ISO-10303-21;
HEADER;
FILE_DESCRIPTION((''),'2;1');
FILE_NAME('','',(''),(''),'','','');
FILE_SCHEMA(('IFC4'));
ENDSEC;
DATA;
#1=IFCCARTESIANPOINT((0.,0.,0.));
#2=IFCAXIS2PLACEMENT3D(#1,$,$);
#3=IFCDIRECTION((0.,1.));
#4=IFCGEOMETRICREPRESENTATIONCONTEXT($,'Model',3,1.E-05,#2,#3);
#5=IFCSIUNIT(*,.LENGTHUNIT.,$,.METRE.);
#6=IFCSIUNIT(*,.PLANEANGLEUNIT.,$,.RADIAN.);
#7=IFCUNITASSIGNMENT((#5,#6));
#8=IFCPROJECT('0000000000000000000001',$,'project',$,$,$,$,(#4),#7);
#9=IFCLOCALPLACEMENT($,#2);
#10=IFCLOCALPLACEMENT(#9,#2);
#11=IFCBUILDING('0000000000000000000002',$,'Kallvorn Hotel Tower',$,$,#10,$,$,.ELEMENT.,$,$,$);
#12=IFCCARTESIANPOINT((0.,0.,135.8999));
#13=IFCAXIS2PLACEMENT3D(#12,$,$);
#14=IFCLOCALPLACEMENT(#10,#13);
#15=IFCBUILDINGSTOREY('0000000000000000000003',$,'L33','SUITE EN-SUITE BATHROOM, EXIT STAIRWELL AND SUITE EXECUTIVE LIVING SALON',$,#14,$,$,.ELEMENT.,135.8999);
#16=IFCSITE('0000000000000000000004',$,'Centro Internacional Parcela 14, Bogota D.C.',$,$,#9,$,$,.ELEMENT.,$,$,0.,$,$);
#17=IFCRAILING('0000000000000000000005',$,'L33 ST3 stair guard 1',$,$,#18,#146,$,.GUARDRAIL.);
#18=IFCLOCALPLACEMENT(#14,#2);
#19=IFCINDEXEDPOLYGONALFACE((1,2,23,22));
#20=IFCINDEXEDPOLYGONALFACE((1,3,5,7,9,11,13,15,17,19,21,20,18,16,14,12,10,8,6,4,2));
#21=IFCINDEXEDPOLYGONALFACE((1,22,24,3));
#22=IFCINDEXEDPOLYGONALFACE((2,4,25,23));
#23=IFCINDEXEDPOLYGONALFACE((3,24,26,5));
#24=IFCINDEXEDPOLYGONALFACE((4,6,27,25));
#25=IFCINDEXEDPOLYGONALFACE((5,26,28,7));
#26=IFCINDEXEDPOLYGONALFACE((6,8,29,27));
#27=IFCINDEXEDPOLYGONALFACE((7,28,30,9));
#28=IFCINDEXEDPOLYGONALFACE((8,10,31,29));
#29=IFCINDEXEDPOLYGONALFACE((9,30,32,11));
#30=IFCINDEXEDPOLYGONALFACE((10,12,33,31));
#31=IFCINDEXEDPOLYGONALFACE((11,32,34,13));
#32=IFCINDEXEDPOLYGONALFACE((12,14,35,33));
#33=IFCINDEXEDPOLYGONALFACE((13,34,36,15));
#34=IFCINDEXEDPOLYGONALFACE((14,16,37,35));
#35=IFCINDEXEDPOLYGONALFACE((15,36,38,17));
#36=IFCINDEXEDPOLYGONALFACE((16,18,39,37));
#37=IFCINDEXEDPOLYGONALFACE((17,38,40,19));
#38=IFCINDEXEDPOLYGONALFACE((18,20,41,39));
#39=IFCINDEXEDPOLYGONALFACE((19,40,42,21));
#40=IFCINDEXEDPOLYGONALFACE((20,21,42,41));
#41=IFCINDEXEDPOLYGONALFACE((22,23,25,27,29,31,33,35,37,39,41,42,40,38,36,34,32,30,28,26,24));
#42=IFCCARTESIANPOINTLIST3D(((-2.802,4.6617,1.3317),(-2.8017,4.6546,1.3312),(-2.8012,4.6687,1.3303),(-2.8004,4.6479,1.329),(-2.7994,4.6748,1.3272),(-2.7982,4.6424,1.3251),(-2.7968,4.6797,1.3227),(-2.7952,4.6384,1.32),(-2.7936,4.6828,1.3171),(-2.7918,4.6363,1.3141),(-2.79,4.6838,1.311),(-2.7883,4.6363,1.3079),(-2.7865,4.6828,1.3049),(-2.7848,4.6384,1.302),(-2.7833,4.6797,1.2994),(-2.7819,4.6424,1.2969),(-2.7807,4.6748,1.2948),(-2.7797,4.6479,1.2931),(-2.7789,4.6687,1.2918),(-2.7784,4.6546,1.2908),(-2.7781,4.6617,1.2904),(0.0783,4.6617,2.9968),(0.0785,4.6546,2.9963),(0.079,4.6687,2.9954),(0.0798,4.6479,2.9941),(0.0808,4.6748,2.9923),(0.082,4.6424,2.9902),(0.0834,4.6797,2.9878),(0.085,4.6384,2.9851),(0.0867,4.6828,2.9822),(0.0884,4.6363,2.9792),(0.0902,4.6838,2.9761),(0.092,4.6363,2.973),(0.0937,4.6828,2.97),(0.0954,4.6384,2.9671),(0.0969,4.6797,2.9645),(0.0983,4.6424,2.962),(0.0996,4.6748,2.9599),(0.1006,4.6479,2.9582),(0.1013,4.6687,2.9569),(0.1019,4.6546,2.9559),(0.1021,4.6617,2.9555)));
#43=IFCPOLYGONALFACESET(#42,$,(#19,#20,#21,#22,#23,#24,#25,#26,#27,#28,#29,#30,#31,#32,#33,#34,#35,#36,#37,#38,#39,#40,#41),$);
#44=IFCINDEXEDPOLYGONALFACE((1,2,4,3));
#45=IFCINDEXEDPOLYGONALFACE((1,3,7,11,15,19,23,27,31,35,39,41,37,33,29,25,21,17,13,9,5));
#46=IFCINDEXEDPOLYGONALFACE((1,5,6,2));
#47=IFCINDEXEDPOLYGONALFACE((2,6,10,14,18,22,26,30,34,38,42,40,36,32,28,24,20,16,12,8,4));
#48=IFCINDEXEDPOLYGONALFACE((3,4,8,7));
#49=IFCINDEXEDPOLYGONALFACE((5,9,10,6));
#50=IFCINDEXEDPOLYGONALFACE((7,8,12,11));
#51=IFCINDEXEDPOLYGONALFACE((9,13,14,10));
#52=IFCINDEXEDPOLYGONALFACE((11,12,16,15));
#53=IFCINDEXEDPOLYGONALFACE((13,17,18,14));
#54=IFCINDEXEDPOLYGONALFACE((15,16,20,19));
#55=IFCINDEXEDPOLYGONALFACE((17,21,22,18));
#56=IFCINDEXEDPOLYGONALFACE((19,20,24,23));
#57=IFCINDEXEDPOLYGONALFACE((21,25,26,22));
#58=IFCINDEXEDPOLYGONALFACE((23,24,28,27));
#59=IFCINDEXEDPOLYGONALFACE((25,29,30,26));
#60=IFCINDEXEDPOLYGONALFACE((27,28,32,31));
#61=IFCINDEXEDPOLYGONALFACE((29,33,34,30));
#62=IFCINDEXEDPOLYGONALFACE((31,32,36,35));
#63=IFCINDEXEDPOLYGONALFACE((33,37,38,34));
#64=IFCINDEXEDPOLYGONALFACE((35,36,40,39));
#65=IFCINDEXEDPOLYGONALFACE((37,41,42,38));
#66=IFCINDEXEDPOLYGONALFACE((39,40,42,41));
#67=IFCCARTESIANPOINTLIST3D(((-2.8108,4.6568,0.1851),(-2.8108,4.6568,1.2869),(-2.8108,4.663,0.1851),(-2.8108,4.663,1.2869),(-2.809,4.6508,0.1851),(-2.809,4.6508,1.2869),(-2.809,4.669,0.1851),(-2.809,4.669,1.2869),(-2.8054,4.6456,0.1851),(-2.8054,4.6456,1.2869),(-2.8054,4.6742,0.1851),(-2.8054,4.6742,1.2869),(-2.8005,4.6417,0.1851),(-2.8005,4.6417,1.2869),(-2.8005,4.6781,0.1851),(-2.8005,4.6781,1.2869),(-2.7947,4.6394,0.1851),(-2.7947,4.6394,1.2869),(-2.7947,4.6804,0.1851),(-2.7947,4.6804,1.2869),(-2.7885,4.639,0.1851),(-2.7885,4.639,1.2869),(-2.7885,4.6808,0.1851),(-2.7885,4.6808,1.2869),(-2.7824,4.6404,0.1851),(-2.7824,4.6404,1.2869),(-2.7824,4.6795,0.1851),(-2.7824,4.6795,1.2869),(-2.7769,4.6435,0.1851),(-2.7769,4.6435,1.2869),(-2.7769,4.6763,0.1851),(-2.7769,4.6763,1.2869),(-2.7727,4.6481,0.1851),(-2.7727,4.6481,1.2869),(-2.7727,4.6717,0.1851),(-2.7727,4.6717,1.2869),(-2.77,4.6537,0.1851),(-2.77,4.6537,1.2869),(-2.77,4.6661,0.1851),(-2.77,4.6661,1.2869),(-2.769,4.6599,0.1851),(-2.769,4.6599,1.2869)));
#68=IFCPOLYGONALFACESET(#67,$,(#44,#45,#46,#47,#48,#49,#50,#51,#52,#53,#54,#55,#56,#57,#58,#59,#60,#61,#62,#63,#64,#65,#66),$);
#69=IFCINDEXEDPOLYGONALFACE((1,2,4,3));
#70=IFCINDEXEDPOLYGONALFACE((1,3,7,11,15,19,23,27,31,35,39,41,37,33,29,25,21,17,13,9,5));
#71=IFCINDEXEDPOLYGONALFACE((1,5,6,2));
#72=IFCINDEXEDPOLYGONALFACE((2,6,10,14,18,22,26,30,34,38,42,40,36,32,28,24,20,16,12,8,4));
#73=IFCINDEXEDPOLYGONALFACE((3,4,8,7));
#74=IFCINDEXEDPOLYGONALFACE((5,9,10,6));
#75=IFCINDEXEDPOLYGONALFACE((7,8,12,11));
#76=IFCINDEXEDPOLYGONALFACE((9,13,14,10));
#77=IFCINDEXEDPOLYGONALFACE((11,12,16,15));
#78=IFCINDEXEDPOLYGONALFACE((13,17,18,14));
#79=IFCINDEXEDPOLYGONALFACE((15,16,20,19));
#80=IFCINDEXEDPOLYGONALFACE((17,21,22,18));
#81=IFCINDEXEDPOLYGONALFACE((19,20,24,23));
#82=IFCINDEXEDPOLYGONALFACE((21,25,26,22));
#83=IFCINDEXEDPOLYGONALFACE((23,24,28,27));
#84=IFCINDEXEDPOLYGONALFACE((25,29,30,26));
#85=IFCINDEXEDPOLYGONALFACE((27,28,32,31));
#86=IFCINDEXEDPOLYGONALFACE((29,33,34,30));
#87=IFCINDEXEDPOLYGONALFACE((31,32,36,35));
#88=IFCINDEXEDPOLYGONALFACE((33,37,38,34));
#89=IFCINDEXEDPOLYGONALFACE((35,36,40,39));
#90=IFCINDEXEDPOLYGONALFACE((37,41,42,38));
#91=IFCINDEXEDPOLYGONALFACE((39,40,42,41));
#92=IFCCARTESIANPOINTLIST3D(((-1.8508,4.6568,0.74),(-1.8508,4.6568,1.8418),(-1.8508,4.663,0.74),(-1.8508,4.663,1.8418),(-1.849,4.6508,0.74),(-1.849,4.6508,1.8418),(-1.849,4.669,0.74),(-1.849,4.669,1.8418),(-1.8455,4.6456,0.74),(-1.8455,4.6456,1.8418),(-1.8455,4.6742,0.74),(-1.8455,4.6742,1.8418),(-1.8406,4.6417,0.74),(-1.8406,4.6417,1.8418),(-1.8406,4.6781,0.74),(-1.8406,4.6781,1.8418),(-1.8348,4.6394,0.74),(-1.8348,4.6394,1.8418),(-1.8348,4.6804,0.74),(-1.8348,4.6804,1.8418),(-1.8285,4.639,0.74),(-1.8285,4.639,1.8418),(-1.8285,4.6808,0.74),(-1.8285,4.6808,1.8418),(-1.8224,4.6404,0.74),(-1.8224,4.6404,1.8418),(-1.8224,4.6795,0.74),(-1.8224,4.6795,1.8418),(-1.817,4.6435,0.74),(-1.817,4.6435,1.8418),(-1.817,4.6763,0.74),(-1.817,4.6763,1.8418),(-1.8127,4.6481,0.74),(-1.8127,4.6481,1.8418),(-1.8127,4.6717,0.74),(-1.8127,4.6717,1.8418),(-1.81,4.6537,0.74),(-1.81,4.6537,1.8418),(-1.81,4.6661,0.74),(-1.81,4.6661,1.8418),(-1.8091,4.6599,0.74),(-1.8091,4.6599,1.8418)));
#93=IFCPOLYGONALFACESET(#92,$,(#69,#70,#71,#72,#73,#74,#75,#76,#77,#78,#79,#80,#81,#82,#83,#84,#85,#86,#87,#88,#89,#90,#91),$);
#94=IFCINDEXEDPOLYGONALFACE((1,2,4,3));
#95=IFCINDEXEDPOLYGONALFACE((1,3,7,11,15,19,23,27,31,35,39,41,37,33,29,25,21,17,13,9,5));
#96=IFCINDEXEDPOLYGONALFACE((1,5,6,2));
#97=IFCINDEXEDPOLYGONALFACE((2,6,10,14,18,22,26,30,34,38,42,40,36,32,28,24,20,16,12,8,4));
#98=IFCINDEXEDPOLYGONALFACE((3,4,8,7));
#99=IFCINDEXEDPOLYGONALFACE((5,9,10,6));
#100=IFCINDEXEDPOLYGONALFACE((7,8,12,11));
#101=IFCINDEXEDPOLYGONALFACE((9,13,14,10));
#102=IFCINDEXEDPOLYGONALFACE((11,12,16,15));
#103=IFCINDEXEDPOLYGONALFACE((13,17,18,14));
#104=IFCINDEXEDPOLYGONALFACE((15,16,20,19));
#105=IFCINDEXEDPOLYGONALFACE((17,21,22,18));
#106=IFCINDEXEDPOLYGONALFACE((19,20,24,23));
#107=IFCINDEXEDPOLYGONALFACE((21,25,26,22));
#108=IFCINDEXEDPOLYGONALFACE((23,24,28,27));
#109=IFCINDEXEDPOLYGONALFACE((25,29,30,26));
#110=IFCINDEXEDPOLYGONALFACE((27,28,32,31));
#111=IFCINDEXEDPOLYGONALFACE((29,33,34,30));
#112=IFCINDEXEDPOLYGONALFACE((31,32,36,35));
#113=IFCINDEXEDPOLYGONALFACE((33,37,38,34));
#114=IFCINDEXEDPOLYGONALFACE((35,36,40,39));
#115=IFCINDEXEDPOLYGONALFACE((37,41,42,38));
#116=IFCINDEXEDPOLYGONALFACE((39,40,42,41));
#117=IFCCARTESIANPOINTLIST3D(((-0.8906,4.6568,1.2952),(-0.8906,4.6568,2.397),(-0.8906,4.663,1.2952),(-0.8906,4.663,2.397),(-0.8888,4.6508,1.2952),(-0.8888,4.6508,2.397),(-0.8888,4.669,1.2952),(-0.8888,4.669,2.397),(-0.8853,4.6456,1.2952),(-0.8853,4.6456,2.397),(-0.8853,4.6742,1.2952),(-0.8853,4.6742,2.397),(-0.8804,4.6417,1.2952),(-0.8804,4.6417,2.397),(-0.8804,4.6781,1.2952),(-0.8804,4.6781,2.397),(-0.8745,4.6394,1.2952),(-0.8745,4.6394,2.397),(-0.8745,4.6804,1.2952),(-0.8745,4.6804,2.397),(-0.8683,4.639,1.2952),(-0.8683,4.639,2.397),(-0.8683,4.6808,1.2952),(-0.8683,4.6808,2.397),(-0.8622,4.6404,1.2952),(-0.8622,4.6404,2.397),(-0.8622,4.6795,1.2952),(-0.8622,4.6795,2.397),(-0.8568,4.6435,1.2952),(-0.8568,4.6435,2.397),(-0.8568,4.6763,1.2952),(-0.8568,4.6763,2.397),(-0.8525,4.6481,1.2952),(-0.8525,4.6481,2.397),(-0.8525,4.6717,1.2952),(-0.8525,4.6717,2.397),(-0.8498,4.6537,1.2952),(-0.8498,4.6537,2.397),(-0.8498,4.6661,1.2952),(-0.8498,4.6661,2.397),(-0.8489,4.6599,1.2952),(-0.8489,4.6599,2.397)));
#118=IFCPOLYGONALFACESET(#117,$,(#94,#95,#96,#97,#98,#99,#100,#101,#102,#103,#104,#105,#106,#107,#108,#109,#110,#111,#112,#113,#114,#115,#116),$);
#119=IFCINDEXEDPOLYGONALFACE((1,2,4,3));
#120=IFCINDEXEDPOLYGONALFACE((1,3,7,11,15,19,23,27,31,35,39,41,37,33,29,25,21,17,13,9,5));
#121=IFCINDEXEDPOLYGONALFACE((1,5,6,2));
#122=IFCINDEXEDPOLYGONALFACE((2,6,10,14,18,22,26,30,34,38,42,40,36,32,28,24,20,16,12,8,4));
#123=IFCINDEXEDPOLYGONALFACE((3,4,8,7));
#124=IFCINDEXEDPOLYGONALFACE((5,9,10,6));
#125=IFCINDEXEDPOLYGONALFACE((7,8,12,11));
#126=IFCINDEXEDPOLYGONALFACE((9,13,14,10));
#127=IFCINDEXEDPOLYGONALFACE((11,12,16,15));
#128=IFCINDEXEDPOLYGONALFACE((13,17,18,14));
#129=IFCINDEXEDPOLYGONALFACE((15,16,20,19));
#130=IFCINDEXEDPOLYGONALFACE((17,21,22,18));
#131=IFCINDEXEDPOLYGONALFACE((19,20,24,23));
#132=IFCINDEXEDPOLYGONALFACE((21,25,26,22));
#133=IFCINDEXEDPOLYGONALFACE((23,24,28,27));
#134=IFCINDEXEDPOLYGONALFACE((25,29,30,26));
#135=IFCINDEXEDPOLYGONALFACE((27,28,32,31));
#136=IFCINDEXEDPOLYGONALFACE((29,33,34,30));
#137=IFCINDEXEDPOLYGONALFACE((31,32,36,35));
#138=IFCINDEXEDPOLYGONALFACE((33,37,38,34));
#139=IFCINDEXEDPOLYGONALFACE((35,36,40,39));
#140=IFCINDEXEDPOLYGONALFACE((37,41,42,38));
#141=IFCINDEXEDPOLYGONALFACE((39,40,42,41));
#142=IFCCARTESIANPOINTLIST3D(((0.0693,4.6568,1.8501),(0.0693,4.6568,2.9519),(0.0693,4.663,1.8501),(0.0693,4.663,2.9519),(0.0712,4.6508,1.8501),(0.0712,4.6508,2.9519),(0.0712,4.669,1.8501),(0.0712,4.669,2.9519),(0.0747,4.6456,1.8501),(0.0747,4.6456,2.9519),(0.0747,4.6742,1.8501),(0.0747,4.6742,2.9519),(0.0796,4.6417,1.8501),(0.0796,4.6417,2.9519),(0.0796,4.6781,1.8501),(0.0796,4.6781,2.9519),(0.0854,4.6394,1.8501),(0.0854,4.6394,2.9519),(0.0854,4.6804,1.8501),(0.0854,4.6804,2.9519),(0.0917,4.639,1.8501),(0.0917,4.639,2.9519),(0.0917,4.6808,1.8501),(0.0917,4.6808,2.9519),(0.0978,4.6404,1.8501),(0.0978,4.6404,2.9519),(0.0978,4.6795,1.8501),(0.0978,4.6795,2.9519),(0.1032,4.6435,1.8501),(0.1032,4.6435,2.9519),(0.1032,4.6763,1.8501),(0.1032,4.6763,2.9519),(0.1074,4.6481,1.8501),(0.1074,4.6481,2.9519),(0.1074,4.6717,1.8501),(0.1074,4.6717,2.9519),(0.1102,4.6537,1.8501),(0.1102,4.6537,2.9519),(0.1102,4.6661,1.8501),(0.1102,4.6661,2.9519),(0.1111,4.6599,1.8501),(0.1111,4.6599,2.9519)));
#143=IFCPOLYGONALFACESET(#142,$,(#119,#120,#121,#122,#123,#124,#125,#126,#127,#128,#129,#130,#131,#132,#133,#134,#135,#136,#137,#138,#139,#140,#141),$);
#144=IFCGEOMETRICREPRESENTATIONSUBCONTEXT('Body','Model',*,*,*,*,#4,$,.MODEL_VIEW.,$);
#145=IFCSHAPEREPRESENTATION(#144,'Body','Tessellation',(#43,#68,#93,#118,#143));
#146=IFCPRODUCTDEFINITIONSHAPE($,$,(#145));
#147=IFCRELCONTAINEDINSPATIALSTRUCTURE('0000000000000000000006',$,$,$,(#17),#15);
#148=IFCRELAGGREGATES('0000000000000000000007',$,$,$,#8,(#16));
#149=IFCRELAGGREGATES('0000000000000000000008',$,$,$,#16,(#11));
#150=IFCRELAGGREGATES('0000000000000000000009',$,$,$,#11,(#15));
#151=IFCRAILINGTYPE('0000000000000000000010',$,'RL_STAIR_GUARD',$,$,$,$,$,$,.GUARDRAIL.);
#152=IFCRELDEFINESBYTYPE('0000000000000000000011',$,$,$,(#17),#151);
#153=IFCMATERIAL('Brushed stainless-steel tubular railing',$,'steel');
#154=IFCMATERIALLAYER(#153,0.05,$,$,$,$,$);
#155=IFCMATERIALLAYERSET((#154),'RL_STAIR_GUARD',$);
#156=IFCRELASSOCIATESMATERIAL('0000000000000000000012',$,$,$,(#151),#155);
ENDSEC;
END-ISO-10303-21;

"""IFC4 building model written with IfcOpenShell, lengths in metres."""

from ifc_helpers import new_model, si_unit, direction, frame, origin, origin_2d, place, context, subcontext, project, spatial, circle, extrude, material, layer, layer_set, type_object, element, save


model = new_model("IFC4")

# Units and contexts
model_context = context("Model", 3, precision=1e-05, world=origin(), true_north=direction((0.0, 1.0)))
body_context = subcontext(model_context, "Body", "Model", "MODEL_VIEW")
ifc_project = project(units=[si_unit("LENGTHUNIT", "METRE"), si_unit("PLANEANGLEUNIT", "RADIAN")], contexts=[model_context])

# Site, building, storey
site_placement = place(None, origin())
site = spatial("IfcSite", under=ifc_project, at=site_placement, Name="Centro Internacional Parcela 14, Bogota D.C.", CompositionType="ELEMENT", RefElevation=0.0)
building_placement = place(site_placement, origin())
building = spatial("IfcBuilding", under=site, at=building_placement, Name="Kallvorn Hotel Tower", CompositionType="ELEMENT")
storey_placement = place(building_placement, frame((0.0, 0.0, 135.8999)))
storey = spatial("IfcBuildingStorey", under=building, at=storey_placement, Name="L33", Description="SUITE EN-SUITE BATHROOM, EXIT STAIRWELL AND SUITE EXECUTIVE LIVING SALON", CompositionType="ELEMENT", Elevation=135.8999)

# Railing
ifc_material_1 = material(Name="Brushed stainless-steel tubular railing", Category="steel")
ifc_layer_1 = layer(ifc_material_1, 0.05)
ifc_layer_set_1 = layer_set([ifc_layer_1], Name="RL_STAIR_GUARD")
railing_type_1 = type_object("IfcRailingType", Name="RL_STAIR_GUARD", PredefinedType="GUARDRAIL", material=ifc_layer_set_1)
railing_1_placement = place(storey_placement, frame((-2.79, 4.6599, 0.1851)))
element("IfcRailing", 1, at=railing_1_placement, inside=storey, type_object=railing_type_1, Name="L33 ST3 stair guard 1", PredefinedType="GUARDRAIL", context=body_context, shape_type="SweptSolid", body=[
    extrude(circle(Radius=0.0239, at=origin_2d()), frame((0.0, 0.0, 1.126), z_axis=(0.865739, 0.0, 0.500495), x_axis=(0.0, 1.0, 0.0)), (0.0, 0.0, 1.0), 3.3269),
    extrude(circle(Radius=0.021, at=origin_2d()), origin(), (0.0, 0.0, 1.0), 1.1018),
    extrude(circle(Radius=0.021, at=origin_2d()), frame((0.96, 0.0, 0.5549)), (0.0, 0.0, 1.0), 1.1018),
    extrude(circle(Radius=0.021, at=origin_2d()), frame((1.9202, 0.0, 1.1101)), (0.0, 0.0, 1.0), 1.1018),
    extrude(circle(Radius=0.021, at=origin_2d()), frame((2.8801, 0.0, 1.665)), (0.0, 0.0, 1.0), 1.1018),
])

save(model, "model.ifc")
